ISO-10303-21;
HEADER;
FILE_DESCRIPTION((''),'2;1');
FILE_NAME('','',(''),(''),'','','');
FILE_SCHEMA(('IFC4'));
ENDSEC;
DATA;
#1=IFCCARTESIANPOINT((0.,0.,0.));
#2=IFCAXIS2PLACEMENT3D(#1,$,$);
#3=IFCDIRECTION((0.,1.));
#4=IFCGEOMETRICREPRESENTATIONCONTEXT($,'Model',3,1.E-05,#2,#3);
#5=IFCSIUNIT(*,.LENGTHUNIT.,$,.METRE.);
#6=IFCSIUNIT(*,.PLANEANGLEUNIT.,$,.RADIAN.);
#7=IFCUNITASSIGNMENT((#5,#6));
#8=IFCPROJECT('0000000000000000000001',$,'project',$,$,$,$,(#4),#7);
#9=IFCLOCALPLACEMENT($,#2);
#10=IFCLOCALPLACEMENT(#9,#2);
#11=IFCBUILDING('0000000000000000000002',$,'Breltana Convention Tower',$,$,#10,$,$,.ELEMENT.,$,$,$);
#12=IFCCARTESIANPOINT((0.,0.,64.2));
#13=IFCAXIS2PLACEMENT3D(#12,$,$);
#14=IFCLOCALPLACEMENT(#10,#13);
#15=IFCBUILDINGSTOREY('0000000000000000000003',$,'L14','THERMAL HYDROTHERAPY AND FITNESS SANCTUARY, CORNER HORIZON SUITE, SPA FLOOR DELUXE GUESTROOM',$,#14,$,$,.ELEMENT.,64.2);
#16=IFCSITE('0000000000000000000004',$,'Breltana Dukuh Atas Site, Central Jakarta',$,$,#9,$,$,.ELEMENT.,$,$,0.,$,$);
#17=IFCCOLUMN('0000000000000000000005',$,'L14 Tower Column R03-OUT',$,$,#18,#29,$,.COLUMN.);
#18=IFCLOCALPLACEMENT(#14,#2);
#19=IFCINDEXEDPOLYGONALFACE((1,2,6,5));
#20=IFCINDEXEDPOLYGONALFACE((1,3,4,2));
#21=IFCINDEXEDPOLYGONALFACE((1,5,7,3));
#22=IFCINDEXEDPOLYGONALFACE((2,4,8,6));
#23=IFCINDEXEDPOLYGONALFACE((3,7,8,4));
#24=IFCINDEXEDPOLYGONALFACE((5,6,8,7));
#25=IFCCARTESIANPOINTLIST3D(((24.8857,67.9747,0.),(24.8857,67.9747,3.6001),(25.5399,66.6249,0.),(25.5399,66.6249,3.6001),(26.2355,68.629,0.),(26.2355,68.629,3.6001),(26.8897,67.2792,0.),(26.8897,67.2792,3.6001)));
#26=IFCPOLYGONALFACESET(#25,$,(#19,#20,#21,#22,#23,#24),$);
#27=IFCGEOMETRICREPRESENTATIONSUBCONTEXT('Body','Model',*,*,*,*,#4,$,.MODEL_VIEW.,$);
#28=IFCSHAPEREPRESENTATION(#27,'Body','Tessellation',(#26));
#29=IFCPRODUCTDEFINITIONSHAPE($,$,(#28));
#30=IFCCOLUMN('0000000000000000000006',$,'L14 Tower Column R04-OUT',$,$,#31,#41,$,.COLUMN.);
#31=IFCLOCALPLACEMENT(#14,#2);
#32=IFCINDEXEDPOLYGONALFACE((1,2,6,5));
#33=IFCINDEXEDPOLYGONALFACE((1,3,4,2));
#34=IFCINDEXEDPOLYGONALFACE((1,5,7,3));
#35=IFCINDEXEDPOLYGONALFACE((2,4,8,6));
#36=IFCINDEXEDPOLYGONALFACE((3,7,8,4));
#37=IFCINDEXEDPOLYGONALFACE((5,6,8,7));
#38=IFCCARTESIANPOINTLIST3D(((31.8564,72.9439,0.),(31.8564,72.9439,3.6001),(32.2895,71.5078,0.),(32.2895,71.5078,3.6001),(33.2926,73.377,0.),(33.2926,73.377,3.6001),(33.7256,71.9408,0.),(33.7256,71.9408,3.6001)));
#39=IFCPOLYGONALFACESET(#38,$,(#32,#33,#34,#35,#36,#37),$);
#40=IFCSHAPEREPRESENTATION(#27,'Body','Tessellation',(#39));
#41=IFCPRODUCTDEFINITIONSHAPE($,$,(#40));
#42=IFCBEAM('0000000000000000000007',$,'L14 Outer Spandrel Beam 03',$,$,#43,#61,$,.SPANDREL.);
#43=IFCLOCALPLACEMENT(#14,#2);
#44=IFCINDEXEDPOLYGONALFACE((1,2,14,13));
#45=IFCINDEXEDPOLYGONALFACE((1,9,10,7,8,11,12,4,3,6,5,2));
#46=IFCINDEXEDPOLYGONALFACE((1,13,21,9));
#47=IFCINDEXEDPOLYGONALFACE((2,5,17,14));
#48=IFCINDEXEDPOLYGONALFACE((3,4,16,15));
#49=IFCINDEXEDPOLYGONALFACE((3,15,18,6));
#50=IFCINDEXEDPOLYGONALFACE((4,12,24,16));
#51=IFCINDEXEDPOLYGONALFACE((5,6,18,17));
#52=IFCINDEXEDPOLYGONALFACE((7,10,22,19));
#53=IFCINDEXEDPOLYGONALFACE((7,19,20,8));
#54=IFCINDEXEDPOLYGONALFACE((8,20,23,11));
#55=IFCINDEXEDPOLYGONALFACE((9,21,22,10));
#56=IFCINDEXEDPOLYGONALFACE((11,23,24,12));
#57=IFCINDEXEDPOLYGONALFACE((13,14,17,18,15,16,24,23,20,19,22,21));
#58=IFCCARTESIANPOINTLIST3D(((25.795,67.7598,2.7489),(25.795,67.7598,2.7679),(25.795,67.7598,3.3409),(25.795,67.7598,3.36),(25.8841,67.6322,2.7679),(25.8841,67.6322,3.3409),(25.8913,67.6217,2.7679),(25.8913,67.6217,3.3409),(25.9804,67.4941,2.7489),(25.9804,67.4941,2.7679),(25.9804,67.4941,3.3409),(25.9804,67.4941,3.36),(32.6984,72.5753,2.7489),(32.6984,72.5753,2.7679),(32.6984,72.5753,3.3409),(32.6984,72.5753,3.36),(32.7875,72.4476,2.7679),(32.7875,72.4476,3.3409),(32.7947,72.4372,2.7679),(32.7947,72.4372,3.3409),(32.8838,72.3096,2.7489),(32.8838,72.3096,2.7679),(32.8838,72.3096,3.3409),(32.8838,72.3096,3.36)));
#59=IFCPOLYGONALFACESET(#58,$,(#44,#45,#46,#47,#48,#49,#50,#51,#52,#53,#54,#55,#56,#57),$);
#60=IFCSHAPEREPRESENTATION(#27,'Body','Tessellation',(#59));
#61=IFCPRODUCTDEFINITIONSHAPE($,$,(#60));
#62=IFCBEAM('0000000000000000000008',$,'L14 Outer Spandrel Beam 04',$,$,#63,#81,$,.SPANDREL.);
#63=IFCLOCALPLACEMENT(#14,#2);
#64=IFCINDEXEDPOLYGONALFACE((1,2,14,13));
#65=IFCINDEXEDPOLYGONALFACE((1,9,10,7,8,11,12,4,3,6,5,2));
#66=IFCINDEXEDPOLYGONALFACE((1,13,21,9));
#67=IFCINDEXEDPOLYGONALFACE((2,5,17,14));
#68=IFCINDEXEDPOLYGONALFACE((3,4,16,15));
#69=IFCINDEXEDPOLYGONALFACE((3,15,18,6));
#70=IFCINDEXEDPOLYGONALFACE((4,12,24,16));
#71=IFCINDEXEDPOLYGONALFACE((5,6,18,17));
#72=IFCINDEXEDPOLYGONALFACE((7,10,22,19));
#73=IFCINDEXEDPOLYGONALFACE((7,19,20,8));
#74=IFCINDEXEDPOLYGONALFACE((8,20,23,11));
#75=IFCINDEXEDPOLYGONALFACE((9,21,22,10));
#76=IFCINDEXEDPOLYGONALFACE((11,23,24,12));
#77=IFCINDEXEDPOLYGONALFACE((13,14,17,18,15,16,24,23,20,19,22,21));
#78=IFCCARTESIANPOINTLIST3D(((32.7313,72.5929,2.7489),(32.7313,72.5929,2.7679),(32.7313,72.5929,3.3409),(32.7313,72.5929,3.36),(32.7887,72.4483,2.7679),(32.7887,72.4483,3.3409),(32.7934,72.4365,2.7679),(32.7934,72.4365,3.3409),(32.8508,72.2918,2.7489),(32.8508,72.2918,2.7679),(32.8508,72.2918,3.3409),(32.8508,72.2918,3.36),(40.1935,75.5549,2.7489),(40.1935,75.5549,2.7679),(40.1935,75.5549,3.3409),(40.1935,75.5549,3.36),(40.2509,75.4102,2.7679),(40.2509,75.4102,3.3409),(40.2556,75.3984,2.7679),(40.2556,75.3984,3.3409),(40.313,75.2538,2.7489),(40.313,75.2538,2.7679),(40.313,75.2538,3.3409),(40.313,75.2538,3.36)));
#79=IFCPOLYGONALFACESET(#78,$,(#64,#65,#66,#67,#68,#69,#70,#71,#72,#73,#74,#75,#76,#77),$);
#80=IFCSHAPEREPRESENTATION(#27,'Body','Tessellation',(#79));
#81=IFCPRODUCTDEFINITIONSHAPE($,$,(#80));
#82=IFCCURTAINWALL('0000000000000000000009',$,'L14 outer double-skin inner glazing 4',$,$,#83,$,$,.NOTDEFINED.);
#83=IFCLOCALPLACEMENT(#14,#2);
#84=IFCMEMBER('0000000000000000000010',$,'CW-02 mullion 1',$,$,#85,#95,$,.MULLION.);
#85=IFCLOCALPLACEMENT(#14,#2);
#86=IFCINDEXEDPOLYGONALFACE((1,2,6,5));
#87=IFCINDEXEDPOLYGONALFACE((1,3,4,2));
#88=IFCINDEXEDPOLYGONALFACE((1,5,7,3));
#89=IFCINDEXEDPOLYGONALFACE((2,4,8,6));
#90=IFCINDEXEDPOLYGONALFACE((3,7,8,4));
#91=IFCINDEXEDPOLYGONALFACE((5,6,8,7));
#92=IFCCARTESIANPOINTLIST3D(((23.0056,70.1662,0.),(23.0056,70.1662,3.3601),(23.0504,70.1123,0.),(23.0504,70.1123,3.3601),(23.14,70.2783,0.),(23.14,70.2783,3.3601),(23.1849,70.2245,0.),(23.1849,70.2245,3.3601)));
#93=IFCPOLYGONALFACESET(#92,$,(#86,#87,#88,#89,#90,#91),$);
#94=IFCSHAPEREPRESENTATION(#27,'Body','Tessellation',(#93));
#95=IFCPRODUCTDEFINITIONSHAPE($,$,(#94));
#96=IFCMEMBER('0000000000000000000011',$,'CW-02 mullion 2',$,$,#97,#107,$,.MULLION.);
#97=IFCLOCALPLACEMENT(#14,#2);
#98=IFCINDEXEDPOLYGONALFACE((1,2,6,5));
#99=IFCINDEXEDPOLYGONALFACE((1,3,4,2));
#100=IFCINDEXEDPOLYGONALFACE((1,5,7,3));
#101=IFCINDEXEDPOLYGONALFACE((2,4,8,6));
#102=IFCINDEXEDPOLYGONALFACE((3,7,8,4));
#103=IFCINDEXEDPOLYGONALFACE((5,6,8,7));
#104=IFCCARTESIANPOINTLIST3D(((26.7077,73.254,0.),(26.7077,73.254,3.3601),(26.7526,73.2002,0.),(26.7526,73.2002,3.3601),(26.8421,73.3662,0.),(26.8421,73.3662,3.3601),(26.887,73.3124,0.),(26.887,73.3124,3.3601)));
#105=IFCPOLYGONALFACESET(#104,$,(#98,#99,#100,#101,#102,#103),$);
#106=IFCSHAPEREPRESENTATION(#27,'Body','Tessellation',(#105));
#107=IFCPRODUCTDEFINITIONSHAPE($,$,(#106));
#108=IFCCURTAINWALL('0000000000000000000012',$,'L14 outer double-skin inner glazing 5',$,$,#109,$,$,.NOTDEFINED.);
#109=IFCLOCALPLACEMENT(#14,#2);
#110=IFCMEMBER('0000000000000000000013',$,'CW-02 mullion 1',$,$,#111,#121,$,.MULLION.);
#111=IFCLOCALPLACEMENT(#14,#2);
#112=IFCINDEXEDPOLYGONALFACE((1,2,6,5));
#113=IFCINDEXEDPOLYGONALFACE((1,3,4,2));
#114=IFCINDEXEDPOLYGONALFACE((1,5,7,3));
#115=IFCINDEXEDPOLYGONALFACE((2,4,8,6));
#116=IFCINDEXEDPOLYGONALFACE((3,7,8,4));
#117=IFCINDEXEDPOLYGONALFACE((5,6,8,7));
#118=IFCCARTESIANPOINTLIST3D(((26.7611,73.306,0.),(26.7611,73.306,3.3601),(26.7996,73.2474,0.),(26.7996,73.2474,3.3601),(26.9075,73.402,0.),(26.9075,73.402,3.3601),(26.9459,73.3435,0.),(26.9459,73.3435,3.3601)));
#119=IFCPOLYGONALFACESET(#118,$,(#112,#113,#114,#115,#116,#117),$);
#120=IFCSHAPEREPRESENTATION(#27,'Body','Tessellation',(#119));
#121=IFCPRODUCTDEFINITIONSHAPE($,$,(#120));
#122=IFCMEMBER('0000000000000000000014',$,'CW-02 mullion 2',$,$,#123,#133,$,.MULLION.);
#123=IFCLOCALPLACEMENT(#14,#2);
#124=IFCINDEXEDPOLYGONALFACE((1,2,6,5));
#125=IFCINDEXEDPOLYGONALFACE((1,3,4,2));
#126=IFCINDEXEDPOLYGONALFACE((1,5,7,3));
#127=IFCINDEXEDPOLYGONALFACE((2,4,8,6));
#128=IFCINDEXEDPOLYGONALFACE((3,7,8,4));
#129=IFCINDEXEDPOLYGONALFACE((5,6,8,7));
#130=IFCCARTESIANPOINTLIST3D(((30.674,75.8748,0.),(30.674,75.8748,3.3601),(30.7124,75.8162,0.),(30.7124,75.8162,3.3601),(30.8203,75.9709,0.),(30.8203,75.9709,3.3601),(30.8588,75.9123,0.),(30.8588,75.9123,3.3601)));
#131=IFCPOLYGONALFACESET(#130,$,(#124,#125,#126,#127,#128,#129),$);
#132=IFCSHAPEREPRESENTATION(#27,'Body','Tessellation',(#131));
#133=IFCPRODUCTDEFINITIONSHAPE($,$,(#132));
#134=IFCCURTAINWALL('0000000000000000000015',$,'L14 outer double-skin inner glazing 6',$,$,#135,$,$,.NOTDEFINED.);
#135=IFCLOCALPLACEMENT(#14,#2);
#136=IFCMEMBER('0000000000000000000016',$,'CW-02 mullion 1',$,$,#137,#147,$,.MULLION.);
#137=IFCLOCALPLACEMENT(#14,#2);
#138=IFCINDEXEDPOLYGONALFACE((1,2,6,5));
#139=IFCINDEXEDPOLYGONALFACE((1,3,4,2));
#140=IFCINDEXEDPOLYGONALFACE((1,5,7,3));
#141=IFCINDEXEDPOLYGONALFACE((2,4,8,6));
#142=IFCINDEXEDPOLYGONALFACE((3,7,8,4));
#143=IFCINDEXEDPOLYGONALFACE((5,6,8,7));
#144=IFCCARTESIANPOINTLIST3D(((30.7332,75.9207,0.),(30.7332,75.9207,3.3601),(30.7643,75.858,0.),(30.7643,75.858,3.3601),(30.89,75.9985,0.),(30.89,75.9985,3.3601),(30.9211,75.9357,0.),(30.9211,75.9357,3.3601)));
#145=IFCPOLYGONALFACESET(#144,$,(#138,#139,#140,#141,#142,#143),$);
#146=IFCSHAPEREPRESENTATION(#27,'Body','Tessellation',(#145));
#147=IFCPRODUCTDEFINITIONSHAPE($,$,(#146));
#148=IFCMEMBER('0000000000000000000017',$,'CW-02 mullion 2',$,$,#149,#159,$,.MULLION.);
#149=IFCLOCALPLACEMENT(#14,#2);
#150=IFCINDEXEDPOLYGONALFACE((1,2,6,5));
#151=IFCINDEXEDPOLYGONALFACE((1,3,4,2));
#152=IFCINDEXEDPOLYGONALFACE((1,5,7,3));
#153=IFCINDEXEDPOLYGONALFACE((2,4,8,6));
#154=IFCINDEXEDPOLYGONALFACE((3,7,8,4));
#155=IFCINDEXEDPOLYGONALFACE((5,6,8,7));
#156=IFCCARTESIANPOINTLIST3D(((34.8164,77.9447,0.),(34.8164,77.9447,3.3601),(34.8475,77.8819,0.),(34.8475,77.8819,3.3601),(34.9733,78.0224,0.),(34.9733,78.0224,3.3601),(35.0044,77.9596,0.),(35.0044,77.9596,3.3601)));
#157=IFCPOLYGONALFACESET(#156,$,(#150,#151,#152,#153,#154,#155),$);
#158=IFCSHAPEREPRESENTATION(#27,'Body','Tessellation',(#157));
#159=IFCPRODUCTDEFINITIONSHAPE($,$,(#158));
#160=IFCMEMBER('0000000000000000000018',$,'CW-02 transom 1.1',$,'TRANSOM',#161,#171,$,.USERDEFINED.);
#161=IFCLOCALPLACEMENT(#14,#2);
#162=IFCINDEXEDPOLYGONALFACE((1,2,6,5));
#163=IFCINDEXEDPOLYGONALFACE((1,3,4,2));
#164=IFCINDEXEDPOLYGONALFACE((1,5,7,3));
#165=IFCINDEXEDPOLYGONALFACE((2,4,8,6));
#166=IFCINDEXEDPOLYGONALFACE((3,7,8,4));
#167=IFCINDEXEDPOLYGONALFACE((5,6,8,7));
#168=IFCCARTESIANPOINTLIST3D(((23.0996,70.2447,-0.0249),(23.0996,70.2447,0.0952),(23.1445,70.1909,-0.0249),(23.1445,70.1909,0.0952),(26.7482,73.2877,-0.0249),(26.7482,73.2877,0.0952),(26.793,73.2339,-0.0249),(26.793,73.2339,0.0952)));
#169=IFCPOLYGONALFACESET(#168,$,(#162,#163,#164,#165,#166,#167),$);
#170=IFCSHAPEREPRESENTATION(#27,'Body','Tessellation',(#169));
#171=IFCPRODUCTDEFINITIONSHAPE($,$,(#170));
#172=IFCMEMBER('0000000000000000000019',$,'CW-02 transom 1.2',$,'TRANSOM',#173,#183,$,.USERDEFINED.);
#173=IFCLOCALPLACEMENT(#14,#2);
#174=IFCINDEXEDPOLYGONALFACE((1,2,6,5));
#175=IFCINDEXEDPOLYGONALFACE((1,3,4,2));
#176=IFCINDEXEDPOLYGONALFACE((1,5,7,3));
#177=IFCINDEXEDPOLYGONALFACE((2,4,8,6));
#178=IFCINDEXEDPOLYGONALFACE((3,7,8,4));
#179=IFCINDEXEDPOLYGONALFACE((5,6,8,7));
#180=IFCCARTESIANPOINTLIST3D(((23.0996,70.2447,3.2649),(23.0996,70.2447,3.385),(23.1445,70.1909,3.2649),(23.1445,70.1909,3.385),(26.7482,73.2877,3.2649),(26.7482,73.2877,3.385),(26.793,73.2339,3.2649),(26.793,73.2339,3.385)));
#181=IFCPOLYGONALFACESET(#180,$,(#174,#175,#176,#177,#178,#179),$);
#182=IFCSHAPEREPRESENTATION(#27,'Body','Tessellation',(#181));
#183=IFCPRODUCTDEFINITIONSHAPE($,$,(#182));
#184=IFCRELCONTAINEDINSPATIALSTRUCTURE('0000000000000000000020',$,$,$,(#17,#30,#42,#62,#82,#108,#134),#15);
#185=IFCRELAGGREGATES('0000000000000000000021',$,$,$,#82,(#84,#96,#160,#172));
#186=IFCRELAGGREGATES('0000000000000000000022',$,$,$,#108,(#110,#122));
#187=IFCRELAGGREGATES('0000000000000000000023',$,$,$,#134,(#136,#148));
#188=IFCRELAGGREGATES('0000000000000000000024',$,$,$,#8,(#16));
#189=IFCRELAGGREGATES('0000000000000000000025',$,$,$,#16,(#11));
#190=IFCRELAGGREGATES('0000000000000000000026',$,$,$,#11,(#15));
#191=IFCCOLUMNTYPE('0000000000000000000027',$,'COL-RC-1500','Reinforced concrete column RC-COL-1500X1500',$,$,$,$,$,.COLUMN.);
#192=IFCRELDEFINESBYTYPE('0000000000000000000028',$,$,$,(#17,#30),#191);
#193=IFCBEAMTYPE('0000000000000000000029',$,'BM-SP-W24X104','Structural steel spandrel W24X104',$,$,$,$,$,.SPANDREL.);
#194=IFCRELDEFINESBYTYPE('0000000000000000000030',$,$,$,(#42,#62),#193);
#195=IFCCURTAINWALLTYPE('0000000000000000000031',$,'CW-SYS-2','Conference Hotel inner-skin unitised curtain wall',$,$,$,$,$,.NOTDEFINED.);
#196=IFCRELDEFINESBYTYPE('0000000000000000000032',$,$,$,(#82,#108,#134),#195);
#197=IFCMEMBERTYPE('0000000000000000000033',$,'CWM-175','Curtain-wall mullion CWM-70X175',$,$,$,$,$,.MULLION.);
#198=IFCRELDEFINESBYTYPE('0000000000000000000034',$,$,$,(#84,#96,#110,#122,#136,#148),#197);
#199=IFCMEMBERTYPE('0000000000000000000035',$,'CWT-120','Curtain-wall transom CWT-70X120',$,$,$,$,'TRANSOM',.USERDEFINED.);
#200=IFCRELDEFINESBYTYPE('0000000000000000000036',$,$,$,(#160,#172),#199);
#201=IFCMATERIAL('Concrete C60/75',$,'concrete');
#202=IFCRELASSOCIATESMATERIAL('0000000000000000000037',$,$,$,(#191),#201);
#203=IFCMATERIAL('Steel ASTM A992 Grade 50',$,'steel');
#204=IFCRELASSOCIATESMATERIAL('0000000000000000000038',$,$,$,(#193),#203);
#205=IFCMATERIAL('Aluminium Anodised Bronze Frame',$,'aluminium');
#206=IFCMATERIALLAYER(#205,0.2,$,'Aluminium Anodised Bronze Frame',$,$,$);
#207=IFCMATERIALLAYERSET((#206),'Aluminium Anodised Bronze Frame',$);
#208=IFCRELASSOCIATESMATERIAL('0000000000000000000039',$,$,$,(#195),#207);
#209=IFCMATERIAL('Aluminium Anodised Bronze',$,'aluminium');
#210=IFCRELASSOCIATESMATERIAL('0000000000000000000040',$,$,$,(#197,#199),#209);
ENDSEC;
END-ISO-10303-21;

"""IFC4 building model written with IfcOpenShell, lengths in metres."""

from ifc_helpers import new_model, si_unit, direction, frame, origin, origin_2d, place, context, subcontext, project, spatial, rectangle, i_section, extrude, source, transform, mapped, material, layer, layer_set, material_profile, profile_set, type_object, type_shapes, element, aggregate, save


model = new_model("IFC4")

# Units and contexts
model_context = context("Model", 3, precision=1e-05, world=origin(), true_north=direction((0.0, 1.0)))
body_context = subcontext(model_context, "Body", "Model", "MODEL_VIEW")
ifc_project = project(units=[si_unit("LENGTHUNIT", "METRE"), si_unit("PLANEANGLEUNIT", "RADIAN")], contexts=[model_context])

# Site, building, storey
site_placement = place(None, origin())
site = spatial("IfcSite", under=ifc_project, at=site_placement, Name="Breltana Dukuh Atas Site, Central Jakarta", CompositionType="ELEMENT", RefElevation=0.0)
building_placement = place(site_placement, origin())
building = spatial("IfcBuilding", under=site, at=building_placement, Name="Breltana Convention Tower", CompositionType="ELEMENT")
storey_placement = place(building_placement, frame((0.0, 0.0, 64.2)))
storey = spatial("IfcBuildingStorey", under=building, at=storey_placement, Name="L14", Description="THERMAL HYDROTHERAPY AND FITNESS SANCTUARY, CORNER HORIZON SUITE, SPA FLOOR DELUXE GUESTROOM", CompositionType="ELEMENT", Elevation=64.2)

# Columns
ifc_material_1 = material(Name="Concrete C60/75", Category="concrete")
ifc_material_profile_1 = material_profile(ifc_material_1, rectangle(XDim=1.5, YDim=1.5, at=origin_2d()), Name="RC-COL-1500X1500")
ifc_profile_set_1 = profile_set([ifc_material_profile_1], Name="Concrete C60/75")
column_type = type_object("IfcColumnType", Name="COL-RC-1500", Description="Reinforced concrete column RC-COL-1500X1500", PredefinedType="COLUMN", material=ifc_profile_set_1)
shared_shape_1 = source(origin(), body_context, "Body", "SweptSolid", [
    extrude(rectangle(XDim=1.5, YDim=1.5, at=origin_2d()), origin(), (0.0, 0.0, 1.0), 3.6001),
])
for number, where, z_axis, x_axis, name in (
    (1, (25.8877, 67.627, 0.0), (0.0, 0.0, 1.0), (-0.436174, 0.899863, 0.0), "L14 Tower Column R03-OUT"),
    (2, (32.791, 72.4424, 0.0), (0.0, 0.0, 1.0), (-0.288698, 0.95742, 0.0), "L14 Tower Column R04-OUT"),
):
    element("IfcColumn", number, at=place(storey_placement, frame(where, z_axis=z_axis, x_axis=x_axis)), inside=storey, type_object=column_type, Name=name, PredefinedType="COLUMN", context=body_context, shape_type="MappedRepresentation", body=[
        mapped(shared_shape_1, transform((0.0, 0.0, 0.0), scale=1.0)),
    ])

# Beams
ifc_material_2 = material(Name="Steel ASTM A992 Grade 50", Category="steel")
ifc_material_profile_2 = material_profile(ifc_material_2, i_section(OverallWidth=0.324, OverallDepth=0.6111, WebThickness=0.0127, FlangeThickness=0.019, at=origin_2d()), Name="W24X104")
ifc_profile_set_2 = profile_set([ifc_material_profile_2], Name="Steel ASTM A992 Grade 50")
beam_type = type_object("IfcBeamType", Name="BM-SP-W24X104", Description="Structural steel spandrel W24X104", PredefinedType="SPANDREL", material=ifc_profile_set_2)
shared_shape_2 = source(origin(), body_context, "Body", "SweptSolid", [
    extrude(i_section(OverallWidth=0.324, OverallDepth=0.6111, WebThickness=0.0127, FlangeThickness=0.019, at=origin_2d()), origin(), (0.0, 0.0, 1.0), 8.417),
])
beam_1_placement = place(storey_placement, frame((25.8877, 67.627, 3.0544), z_axis=(0.820174, 0.572114, 0.0), x_axis=(-0.572114, 0.820174, 0.0)))
element("IfcBeam", 3, at=beam_1_placement, inside=storey, type_object=beam_type, Name="L14 Outer Spandrel Beam 03", PredefinedType="SPANDREL", context=body_context, shape_type="MappedRepresentation", body=[
    mapped(shared_shape_2, transform((0.0, 0.0, 0.0), scale=1.0)),
])
shared_shape_3 = source(origin(), body_context, "Body", "SweptSolid", [
    extrude(i_section(OverallWidth=0.324, OverallDepth=0.6111, WebThickness=0.0127, FlangeThickness=0.019, at=origin_2d()), origin(), (0.0, 0.0, 1.0), 8.0286),
])
beam_2_placement = place(storey_placement, frame((32.791, 72.4424, 3.0544), z_axis=(0.929459, 0.368925, 0.0), x_axis=(-0.368925, 0.929459, 0.0)))
element("IfcBeam", 4, at=beam_2_placement, inside=storey, type_object=beam_type, Name="L14 Outer Spandrel Beam 04", PredefinedType="SPANDREL", context=body_context, shape_type="MappedRepresentation", body=[
    mapped(shared_shape_3, transform((0.0, 0.0, 0.0), scale=1.0)),
])

# Curtain walls, members
ifc_material_3 = material(Name="Aluminium Anodised Bronze Frame", Category="aluminium")
ifc_layer_1 = layer(ifc_material_3, 0.2, Name="Aluminium Anodised Bronze Frame")
ifc_layer_set_1 = layer_set([ifc_layer_1], Name="Aluminium Anodised Bronze Frame")
curtain_wall_type = type_object("IfcCurtainWallType", Name="CW-SYS-2", Description="Conference Hotel inner-skin unitised curtain wall", PredefinedType="NOTDEFINED", material=ifc_layer_set_1)
curtain_wall_1_placement = place(storey_placement, origin())
curtain_wall_1 = element("IfcCurtainWall", 5, at=curtain_wall_1_placement, inside=storey, type_object=curtain_wall_type, Name="L14 outer double-skin inner glazing 4", PredefinedType="NOTDEFINED")
ifc_material_4 = material(Name="Aluminium Anodised Bronze", Category="aluminium")
ifc_material_profile_3 = material_profile(ifc_material_4, rectangle(XDim=0.0701, YDim=0.175, at=origin_2d()), Name="CWM-70X175")
ifc_profile_set_3 = profile_set([ifc_material_profile_3], Name="Aluminium Anodised Bronze")
member_type_1 = type_object("IfcMemberType", Name="CWM-175", Description="Curtain-wall mullion CWM-70X175", PredefinedType="MULLION", material=ifc_profile_set_3)
shared_shape_4 = source(origin(), body_context, "Body", "SweptSolid", [
    extrude(rectangle(XDim=0.0701, YDim=0.175, at=origin_2d()), origin(), (0.0, 0.0, 1.0), 3.3601),
])
type_shapes(member_type_1, [shared_shape_4])
member_1_placement = place(storey_placement, frame((23.0952, 70.1953, 0.0), z_axis=(0.0, 0.0, 1.0), x_axis=(-0.64052, 0.767941, 0.0)))
member_1 = element("IfcMember", 6, at=member_1_placement, type_object=member_type_1, Name="CW-02 mullion 1", PredefinedType="MULLION", context=body_context, shape_type="MappedRepresentation", body=[
    mapped(shared_shape_4, transform((0.0, 0.0, 0.0), scale=1.0)),
])
member_2_placement = place(storey_placement, frame((26.7974, 73.2832, 0.0), z_axis=(0.0, 0.0, 1.0), x_axis=(-0.64052, 0.767941, 0.0)))
member_2 = element("IfcMember", 7, at=member_2_placement, type_object=member_type_1, Name="CW-02 mullion 2", PredefinedType="MULLION", context=body_context, shape_type="MappedRepresentation", body=[
    mapped(shared_shape_4, transform((0.0, 0.0, 0.0), scale=1.0)),
])
curtain_wall_2_placement = place(storey_placement, origin())
curtain_wall_2 = element("IfcCurtainWall", 8, at=curtain_wall_2_placement, inside=storey, type_object=curtain_wall_type, Name="L14 outer double-skin inner glazing 5", PredefinedType="NOTDEFINED")
member_3_placement = place(storey_placement, frame((26.8535, 73.3247, 0.0), z_axis=(0.0, 0.0, 1.0), x_axis=(-0.548784, 0.835964, 0.0)))
member_3 = element("IfcMember", 9, at=member_3_placement, type_object=member_type_1, Name="CW-02 mullion 1", PredefinedType="MULLION", context=body_context, shape_type="MappedRepresentation", body=[
    mapped(shared_shape_4, transform((0.0, 0.0, 0.0), scale=1.0)),
])
member_4_placement = place(storey_placement, frame((30.7664, 75.8936, 0.0), z_axis=(0.0, 0.0, 1.0), x_axis=(-0.548784, 0.835964, 0.0)))
member_4 = element("IfcMember", 10, at=member_4_placement, type_object=member_type_1, Name="CW-02 mullion 2", PredefinedType="MULLION", context=body_context, shape_type="MappedRepresentation", body=[
    mapped(shared_shape_4, transform((0.0, 0.0, 0.0), scale=1.0)),
])
curtain_wall_3_placement = place(storey_placement, origin())
curtain_wall_3 = element("IfcCurtainWall", 11, at=curtain_wall_3_placement, inside=storey, type_object=curtain_wall_type, Name="L14 outer double-skin inner glazing 6", PredefinedType="NOTDEFINED")
member_5_placement = place(storey_placement, frame((30.8271, 75.9282, 0.0), z_axis=(0.0, 0.0, 1.0), x_axis=(-0.444108, 0.895973, 0.0)))
member_5 = element("IfcMember", 12, at=member_5_placement, type_object=member_type_1, Name="CW-02 mullion 1", PredefinedType="MULLION", context=body_context, shape_type="MappedRepresentation", body=[
    mapped(shared_shape_4, transform((0.0, 0.0, 0.0), scale=1.0)),
])
member_6_placement = place(storey_placement, frame((34.9104, 77.9521, 0.0), z_axis=(0.0, 0.0, 1.0), x_axis=(-0.444108, 0.895973, 0.0)))
member_6 = element("IfcMember", 13, at=member_6_placement, type_object=member_type_1, Name="CW-02 mullion 2", PredefinedType="MULLION", context=body_context, shape_type="MappedRepresentation", body=[
    mapped(shared_shape_4, transform((0.0, 0.0, 0.0), scale=1.0)),
])

# Members
ifc_material_profile_4 = material_profile(ifc_material_4, rectangle(XDim=0.0701, YDim=0.1201, at=origin_2d()), Name="CWT-70X120")
ifc_profile_set_4 = profile_set([ifc_material_profile_4], Name="Aluminium Anodised Bronze")
member_type_2 = type_object("IfcMemberType", Name="CWT-120", Description="Curtain-wall transom CWT-70X120", ElementType="TRANSOM", PredefinedType="USERDEFINED", material=ifc_profile_set_4)
shared_shape_5 = source(origin(), body_context, "Body", "SweptSolid", [
    extrude(rectangle(XDim=0.0701, YDim=0.1201, at=origin_2d()), origin(), (0.0, 0.0, 1.0), 4.751),
])
member_7_placement = place(storey_placement, frame((23.1221, 70.2178, 0.0352), z_axis=(0.767952, 0.640508, 0.0), x_axis=(-0.640508, 0.767952, 0.0)))
member_7 = element("IfcMember", 14, at=member_7_placement, type_object=member_type_2, Name="CW-02 transom 1.1", ObjectType="TRANSOM", PredefinedType="USERDEFINED", context=body_context, shape_type="MappedRepresentation", body=[
    mapped(shared_shape_5, transform((0.0, 0.0, 0.0), scale=1.0)),
])
member_8_placement = place(storey_placement, frame((23.1221, 70.2178, 3.325), z_axis=(0.767952, 0.640508, 0.0), x_axis=(-0.640508, 0.767952, 0.0)))
member_8 = element("IfcMember", 15, at=member_8_placement, type_object=member_type_2, Name="CW-02 transom 1.2", ObjectType="TRANSOM", PredefinedType="USERDEFINED", context=body_context, shape_type="MappedRepresentation", body=[
    mapped(shared_shape_5, transform((0.0, 0.0, 0.0), scale=1.0)),
])

aggregate(curtain_wall_1, [member_1, member_2, member_7, member_8])
aggregate(curtain_wall_2, [member_3, member_4])
aggregate(curtain_wall_3, [member_5, member_6])

save(model, "model.ifc")
